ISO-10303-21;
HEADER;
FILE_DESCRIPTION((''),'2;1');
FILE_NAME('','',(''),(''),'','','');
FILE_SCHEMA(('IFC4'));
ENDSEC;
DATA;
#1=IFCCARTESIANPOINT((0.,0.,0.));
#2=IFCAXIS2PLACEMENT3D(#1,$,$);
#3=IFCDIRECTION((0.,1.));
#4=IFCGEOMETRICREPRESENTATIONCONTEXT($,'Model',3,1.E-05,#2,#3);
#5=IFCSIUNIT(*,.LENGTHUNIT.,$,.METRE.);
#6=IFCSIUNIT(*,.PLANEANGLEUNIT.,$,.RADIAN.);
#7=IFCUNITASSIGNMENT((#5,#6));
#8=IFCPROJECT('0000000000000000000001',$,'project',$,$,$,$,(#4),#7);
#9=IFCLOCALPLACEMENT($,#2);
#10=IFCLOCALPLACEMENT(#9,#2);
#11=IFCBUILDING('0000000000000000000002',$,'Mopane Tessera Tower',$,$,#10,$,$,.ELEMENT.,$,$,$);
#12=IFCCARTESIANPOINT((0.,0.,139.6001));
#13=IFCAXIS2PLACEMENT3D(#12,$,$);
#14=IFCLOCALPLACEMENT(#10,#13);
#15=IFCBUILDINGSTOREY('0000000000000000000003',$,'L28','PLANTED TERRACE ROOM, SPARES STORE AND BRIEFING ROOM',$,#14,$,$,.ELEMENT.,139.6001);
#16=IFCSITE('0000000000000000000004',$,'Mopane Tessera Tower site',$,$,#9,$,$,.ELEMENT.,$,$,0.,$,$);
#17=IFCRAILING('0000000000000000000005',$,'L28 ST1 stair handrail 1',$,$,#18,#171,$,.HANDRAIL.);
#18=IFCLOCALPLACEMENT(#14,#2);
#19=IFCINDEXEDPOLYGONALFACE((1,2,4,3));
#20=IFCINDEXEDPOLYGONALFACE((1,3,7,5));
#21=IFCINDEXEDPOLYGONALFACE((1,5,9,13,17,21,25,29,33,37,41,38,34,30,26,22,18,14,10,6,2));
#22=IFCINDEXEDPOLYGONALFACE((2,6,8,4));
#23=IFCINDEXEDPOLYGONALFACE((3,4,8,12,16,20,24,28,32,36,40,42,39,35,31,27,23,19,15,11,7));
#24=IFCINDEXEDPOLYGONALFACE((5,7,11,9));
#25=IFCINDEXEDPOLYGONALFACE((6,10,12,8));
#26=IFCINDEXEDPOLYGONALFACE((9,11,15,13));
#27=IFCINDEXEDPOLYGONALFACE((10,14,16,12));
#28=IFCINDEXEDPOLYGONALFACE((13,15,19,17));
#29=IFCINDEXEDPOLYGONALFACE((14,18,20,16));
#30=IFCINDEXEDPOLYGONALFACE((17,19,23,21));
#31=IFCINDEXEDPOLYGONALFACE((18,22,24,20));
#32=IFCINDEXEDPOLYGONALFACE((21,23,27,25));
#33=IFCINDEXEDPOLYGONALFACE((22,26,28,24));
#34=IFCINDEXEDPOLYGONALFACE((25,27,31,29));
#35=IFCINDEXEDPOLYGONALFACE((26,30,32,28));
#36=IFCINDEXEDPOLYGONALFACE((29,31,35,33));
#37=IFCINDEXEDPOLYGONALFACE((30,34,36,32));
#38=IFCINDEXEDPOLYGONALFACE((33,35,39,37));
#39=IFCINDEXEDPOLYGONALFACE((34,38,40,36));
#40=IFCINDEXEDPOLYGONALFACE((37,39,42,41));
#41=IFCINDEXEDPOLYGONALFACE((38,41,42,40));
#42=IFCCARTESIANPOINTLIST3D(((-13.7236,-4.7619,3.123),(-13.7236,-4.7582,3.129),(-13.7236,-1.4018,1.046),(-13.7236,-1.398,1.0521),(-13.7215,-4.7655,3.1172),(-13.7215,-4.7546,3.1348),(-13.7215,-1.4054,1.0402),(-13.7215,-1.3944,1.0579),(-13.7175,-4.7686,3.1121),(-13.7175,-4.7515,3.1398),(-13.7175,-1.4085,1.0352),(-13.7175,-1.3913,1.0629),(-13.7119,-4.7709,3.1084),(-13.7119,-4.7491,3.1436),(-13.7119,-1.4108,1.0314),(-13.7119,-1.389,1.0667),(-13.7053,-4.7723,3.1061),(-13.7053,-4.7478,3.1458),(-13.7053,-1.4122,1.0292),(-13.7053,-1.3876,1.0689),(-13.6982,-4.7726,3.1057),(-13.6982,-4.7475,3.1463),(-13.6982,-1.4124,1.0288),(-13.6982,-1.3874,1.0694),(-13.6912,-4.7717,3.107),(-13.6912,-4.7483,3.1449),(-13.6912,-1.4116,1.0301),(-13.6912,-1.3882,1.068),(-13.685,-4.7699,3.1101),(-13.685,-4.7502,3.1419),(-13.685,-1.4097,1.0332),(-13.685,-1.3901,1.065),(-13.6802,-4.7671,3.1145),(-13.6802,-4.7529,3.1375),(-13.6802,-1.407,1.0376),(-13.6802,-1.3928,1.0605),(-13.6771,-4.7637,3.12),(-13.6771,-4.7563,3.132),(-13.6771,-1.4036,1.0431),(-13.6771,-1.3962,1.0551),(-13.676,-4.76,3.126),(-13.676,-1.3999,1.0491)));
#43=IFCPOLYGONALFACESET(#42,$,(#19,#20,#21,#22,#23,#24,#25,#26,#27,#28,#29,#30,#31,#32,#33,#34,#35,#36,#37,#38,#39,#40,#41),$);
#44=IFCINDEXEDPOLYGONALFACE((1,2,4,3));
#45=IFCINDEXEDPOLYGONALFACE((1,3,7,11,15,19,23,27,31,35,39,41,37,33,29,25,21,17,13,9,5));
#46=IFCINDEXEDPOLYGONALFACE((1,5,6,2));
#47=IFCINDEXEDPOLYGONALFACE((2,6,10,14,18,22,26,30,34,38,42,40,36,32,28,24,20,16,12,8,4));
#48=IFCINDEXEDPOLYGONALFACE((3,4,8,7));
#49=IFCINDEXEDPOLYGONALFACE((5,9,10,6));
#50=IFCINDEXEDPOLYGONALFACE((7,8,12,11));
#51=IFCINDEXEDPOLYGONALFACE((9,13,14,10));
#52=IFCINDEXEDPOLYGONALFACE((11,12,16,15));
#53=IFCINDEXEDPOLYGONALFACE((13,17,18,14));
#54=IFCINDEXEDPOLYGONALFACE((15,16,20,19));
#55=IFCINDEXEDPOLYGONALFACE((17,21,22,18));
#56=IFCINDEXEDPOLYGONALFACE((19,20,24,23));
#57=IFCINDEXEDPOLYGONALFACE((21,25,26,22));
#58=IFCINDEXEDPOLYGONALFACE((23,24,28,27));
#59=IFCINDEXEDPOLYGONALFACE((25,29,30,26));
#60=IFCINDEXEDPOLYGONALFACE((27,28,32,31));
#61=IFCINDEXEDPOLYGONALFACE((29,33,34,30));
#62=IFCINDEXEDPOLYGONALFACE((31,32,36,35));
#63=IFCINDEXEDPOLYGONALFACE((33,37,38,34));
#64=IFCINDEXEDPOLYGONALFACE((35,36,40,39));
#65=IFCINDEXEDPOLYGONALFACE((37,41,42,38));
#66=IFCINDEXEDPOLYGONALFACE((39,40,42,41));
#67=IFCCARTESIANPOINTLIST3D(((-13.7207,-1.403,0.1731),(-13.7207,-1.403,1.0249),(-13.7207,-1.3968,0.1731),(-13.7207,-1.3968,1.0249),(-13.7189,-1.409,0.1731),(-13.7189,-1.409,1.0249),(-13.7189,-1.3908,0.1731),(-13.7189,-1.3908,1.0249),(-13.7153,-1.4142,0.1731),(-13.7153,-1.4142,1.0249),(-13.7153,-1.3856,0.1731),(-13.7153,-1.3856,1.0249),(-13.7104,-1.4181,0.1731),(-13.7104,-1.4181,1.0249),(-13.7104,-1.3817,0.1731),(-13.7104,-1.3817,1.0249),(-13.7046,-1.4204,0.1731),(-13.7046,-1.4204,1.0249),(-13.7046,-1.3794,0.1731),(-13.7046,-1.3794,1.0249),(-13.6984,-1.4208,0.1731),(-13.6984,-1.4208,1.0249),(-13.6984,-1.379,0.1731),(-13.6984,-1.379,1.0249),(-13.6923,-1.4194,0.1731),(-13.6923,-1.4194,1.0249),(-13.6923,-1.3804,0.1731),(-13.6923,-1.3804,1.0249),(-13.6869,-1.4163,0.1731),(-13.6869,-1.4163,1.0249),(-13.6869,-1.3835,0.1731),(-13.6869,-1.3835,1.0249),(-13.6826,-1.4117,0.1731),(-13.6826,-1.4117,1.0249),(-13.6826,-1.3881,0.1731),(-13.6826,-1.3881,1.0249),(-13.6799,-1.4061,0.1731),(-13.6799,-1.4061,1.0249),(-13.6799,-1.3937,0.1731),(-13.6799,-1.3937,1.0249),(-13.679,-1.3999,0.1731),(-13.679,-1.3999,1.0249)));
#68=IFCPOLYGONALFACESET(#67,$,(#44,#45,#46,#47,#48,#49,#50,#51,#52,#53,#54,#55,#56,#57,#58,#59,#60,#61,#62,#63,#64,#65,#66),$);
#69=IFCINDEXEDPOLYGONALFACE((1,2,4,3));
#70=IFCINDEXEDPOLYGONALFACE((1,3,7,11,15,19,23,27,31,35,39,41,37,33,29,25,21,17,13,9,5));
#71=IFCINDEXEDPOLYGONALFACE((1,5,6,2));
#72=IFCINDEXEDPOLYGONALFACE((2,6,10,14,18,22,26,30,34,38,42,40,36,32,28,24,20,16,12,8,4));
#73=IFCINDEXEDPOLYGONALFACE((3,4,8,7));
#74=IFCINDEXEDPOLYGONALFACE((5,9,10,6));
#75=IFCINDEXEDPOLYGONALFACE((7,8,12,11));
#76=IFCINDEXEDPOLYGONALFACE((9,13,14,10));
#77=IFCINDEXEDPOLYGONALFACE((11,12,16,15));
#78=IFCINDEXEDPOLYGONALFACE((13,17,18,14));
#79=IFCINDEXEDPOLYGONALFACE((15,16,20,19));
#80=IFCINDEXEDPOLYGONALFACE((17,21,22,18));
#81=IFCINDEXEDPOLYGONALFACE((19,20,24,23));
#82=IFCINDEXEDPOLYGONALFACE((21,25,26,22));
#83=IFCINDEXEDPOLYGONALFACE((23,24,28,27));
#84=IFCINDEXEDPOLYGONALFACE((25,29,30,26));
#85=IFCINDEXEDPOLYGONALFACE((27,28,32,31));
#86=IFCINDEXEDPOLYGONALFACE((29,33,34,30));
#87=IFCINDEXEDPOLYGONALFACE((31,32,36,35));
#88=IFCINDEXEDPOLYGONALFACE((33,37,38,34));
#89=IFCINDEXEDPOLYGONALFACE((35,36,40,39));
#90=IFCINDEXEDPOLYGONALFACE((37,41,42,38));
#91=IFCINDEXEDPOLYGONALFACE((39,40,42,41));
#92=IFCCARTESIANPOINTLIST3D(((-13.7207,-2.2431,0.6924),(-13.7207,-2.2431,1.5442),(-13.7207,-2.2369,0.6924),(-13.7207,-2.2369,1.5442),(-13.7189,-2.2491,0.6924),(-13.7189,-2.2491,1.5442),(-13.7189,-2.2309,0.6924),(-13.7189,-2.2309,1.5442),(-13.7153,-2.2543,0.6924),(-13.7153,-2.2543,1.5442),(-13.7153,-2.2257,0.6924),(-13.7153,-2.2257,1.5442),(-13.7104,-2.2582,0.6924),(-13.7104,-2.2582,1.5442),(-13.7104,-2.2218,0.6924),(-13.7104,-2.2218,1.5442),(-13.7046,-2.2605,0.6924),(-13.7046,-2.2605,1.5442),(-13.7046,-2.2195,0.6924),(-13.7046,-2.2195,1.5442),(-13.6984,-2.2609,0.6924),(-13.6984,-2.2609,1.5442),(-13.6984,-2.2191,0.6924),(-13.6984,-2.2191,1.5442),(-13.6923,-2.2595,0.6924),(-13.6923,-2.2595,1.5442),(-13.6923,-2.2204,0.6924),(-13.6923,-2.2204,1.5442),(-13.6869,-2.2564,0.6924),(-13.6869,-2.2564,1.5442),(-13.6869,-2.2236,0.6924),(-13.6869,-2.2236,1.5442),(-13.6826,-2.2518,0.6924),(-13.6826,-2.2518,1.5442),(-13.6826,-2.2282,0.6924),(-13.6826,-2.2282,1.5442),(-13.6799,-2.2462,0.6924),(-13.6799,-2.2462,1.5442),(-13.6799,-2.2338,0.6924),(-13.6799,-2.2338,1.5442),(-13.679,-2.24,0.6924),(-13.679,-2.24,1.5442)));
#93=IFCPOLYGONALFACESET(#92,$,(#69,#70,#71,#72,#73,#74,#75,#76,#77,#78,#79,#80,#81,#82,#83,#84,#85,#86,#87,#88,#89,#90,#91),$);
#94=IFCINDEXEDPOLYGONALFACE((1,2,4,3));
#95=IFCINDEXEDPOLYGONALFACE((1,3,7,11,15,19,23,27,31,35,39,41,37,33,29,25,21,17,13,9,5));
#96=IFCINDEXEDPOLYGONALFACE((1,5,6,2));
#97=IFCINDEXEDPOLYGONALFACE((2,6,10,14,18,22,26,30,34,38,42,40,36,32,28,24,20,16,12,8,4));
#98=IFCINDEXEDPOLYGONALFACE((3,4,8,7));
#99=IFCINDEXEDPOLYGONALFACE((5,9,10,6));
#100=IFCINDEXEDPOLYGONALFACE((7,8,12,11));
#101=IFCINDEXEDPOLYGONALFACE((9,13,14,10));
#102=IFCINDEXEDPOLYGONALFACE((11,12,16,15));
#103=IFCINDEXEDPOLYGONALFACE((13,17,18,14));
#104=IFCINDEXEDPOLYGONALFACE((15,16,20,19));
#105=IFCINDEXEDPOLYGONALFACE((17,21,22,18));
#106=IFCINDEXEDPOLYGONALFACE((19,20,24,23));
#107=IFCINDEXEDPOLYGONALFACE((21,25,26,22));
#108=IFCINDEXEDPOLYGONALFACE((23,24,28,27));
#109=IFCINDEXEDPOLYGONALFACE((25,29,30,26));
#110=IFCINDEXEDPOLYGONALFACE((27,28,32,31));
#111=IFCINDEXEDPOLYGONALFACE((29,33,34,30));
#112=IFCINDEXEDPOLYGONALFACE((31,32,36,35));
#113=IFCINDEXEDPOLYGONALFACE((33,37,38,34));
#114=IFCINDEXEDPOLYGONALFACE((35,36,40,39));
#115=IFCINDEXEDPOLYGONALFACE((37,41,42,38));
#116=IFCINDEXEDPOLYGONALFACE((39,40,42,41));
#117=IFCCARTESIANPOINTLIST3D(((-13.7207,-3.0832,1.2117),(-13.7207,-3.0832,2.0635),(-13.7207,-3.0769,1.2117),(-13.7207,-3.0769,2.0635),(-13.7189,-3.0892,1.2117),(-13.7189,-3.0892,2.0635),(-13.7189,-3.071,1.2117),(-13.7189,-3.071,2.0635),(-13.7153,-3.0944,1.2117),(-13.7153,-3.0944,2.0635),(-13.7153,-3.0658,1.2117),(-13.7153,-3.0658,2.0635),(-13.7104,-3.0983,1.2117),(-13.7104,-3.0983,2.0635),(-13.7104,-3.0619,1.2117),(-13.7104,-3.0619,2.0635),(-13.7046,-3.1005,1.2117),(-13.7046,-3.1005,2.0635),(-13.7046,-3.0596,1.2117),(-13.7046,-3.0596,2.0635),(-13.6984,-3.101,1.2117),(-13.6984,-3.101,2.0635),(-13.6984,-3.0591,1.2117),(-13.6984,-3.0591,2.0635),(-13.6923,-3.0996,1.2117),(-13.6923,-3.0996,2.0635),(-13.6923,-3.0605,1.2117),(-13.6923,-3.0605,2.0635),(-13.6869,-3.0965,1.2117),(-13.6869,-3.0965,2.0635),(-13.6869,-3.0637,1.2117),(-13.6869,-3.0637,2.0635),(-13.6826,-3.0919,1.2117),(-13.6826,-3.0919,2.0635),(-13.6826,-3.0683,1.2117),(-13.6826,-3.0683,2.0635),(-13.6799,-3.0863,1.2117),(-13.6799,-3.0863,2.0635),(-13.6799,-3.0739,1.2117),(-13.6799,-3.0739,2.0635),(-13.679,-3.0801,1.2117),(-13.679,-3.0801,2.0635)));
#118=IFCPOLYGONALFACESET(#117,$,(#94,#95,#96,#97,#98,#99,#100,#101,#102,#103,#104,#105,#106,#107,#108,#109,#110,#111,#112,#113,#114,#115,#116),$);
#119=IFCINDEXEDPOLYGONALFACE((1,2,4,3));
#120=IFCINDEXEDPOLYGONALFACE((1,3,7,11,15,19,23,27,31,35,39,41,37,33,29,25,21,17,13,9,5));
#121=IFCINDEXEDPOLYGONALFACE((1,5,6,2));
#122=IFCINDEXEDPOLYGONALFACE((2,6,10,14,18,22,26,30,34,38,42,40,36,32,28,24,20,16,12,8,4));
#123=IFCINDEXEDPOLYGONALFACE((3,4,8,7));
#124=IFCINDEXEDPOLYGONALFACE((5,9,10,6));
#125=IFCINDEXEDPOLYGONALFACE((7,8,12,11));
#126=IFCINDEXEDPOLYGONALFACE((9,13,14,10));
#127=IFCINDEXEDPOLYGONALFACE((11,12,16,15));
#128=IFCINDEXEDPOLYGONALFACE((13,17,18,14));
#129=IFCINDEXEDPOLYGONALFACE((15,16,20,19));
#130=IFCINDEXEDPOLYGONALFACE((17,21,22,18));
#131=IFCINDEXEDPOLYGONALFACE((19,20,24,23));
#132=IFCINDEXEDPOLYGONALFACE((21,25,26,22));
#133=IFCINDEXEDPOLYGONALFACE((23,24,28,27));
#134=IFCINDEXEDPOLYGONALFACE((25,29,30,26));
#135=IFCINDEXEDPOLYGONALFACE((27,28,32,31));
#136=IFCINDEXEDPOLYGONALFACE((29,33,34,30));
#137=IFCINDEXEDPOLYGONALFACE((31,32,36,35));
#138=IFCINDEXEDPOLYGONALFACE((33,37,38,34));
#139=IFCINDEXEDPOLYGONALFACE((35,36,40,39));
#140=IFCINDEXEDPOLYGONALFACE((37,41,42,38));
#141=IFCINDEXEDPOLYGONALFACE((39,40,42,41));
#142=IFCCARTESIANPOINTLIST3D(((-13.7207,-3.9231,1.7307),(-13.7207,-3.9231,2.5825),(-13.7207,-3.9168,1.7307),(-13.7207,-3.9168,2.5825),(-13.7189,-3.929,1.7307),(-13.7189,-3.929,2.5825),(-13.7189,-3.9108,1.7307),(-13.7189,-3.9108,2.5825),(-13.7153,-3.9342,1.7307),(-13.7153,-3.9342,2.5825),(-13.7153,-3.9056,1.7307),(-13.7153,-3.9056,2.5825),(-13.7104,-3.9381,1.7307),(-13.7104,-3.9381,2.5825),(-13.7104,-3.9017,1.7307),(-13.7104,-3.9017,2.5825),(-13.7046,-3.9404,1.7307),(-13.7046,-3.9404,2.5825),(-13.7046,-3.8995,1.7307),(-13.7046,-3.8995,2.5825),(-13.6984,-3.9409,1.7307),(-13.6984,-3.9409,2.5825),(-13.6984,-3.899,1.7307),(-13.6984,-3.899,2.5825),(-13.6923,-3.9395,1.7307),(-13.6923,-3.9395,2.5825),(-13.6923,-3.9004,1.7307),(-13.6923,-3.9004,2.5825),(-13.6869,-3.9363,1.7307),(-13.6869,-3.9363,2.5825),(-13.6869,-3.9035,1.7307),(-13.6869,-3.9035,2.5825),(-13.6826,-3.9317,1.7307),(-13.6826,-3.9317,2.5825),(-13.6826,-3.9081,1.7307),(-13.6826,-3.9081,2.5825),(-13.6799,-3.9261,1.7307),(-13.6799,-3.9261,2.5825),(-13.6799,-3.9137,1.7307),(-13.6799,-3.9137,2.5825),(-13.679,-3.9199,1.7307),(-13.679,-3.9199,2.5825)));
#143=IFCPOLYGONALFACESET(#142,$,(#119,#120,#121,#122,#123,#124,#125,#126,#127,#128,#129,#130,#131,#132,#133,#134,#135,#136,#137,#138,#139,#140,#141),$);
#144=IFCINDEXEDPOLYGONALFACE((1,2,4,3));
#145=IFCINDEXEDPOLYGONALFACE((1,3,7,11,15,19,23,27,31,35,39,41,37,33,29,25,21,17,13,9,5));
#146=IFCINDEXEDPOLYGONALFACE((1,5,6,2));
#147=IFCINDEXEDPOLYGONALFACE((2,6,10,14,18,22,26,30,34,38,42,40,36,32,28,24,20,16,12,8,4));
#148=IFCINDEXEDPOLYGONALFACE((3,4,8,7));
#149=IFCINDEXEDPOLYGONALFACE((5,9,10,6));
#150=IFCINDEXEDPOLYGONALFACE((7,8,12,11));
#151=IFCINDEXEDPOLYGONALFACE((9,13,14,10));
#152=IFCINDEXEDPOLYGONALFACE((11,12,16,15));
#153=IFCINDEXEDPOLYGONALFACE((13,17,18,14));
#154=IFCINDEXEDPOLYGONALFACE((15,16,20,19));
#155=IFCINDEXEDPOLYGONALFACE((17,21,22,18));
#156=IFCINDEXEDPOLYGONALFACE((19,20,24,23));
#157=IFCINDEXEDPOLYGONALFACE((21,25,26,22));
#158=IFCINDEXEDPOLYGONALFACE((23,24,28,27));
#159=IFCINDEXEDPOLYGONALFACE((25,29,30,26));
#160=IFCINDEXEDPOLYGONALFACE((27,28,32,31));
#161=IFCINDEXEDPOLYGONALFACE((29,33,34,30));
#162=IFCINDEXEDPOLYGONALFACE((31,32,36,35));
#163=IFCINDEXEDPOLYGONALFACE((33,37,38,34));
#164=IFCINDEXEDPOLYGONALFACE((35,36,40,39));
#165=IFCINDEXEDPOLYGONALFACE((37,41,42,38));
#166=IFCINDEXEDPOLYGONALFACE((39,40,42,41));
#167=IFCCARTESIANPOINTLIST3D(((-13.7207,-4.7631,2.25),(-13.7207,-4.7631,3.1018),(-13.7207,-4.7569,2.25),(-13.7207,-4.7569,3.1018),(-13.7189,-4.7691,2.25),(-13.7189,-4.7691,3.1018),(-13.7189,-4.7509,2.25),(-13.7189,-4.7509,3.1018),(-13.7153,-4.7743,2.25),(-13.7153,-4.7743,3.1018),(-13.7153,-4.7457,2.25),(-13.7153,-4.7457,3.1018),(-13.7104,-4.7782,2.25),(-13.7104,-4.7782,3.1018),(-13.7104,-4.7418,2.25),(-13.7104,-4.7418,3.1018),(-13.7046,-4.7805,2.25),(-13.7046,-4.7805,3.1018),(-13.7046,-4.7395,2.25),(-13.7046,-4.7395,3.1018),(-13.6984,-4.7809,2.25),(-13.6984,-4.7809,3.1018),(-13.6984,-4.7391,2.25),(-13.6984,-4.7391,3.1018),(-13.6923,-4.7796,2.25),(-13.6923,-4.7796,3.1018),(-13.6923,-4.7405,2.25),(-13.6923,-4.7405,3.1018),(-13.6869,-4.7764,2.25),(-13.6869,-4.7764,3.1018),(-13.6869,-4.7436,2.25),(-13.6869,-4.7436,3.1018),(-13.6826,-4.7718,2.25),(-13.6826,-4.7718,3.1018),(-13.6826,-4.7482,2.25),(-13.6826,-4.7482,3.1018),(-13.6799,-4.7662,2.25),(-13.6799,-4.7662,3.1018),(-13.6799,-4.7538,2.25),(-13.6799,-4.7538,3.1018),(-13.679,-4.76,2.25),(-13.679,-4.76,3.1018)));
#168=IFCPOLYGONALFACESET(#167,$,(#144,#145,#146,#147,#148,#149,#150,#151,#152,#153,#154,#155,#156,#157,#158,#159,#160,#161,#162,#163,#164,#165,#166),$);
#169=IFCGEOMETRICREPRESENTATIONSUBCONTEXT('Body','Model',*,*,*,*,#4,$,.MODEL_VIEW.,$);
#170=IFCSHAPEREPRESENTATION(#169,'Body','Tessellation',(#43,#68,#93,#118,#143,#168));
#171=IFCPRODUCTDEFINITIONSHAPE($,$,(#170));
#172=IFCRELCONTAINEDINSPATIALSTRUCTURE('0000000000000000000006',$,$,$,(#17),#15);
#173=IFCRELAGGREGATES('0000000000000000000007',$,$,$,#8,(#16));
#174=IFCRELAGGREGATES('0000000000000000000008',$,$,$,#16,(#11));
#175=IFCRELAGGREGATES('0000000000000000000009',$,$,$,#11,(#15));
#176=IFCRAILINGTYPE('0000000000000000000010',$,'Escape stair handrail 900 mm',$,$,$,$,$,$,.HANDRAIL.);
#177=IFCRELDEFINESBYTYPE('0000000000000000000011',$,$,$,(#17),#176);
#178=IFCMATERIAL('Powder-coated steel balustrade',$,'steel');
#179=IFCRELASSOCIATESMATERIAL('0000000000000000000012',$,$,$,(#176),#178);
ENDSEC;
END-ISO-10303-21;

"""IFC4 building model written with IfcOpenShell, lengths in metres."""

from ifc_helpers import new_model, si_unit, direction, frame, origin, origin_2d, place, context, subcontext, project, spatial, circle, extrude, material, type_object, element, save


model = new_model("IFC4")

# Units and contexts
model_context = context("Model", 3, precision=1e-05, world=origin(), true_north=direction((0.0, 1.0)))
body_context = subcontext(model_context, "Body", "Model", "MODEL_VIEW")
ifc_project = project(units=[si_unit("LENGTHUNIT", "METRE"), si_unit("PLANEANGLEUNIT", "RADIAN")], contexts=[model_context])

# Site, building, storey
site_placement = place(None, origin())
site = spatial("IfcSite", under=ifc_project, at=site_placement, Name="Mopane Tessera Tower site", CompositionType="ELEMENT", RefElevation=0.0)
building_placement = place(site_placement, origin())
building = spatial("IfcBuilding", under=site, at=building_placement, Name="Mopane Tessera Tower", CompositionType="ELEMENT")
storey_placement = place(building_placement, frame((0.0, 0.0, 139.6001)))
storey = spatial("IfcBuildingStorey", under=building, at=storey_placement, Name="L28", Description="PLANTED TERRACE ROOM, SPARES STORE AND BRIEFING ROOM", CompositionType="ELEMENT", Elevation=139.6001)

# Railing
ifc_material_1 = material(Name="Powder-coated steel balustrade", Category="steel")
railing_type_1 = type_object("IfcRailingType", Name="Escape stair handrail 900 mm", PredefinedType="HANDRAIL", material=ifc_material_1)
railing_1_placement = place(storey_placement, frame((-13.7, -1.3999, 0.1731)))
element("IfcRailing", 1, at=railing_1_placement, inside=storey, type_object=railing_type_1, Name="L28 ST1 stair handrail 1", PredefinedType="HANDRAIL", context=body_context, shape_type="SweptSolid", body=[
    extrude(circle(Radius=0.0239, at=origin_2d()), frame((0.0, 0.0, 0.876), z_axis=(0.0, -0.850623, 0.525776), x_axis=(1.0, 0.0, 0.0)), (0.0, 0.0, 1.0), 3.9502),
    extrude(circle(Radius=0.021, at=origin_2d()), origin(), (0.0, 0.0, 1.0), 0.8518),
    extrude(circle(Radius=0.021, at=origin_2d()), frame((0.0, -0.8401, 0.5193)), (0.0, 0.0, 1.0), 0.8518),
    extrude(circle(Radius=0.021, at=origin_2d()), frame((0.0, -1.6802, 1.0386)), (0.0, 0.0, 1.0), 0.8518),
    extrude(circle(Radius=0.021, at=origin_2d()), frame((0.0, -2.52, 1.5576)), (0.0, 0.0, 1.0), 0.8518),
    extrude(circle(Radius=0.021, at=origin_2d()), frame((0.0, -3.3601, 2.0769)), (0.0, 0.0, 1.0), 0.8518),
])

save(model, "model.ifc")
